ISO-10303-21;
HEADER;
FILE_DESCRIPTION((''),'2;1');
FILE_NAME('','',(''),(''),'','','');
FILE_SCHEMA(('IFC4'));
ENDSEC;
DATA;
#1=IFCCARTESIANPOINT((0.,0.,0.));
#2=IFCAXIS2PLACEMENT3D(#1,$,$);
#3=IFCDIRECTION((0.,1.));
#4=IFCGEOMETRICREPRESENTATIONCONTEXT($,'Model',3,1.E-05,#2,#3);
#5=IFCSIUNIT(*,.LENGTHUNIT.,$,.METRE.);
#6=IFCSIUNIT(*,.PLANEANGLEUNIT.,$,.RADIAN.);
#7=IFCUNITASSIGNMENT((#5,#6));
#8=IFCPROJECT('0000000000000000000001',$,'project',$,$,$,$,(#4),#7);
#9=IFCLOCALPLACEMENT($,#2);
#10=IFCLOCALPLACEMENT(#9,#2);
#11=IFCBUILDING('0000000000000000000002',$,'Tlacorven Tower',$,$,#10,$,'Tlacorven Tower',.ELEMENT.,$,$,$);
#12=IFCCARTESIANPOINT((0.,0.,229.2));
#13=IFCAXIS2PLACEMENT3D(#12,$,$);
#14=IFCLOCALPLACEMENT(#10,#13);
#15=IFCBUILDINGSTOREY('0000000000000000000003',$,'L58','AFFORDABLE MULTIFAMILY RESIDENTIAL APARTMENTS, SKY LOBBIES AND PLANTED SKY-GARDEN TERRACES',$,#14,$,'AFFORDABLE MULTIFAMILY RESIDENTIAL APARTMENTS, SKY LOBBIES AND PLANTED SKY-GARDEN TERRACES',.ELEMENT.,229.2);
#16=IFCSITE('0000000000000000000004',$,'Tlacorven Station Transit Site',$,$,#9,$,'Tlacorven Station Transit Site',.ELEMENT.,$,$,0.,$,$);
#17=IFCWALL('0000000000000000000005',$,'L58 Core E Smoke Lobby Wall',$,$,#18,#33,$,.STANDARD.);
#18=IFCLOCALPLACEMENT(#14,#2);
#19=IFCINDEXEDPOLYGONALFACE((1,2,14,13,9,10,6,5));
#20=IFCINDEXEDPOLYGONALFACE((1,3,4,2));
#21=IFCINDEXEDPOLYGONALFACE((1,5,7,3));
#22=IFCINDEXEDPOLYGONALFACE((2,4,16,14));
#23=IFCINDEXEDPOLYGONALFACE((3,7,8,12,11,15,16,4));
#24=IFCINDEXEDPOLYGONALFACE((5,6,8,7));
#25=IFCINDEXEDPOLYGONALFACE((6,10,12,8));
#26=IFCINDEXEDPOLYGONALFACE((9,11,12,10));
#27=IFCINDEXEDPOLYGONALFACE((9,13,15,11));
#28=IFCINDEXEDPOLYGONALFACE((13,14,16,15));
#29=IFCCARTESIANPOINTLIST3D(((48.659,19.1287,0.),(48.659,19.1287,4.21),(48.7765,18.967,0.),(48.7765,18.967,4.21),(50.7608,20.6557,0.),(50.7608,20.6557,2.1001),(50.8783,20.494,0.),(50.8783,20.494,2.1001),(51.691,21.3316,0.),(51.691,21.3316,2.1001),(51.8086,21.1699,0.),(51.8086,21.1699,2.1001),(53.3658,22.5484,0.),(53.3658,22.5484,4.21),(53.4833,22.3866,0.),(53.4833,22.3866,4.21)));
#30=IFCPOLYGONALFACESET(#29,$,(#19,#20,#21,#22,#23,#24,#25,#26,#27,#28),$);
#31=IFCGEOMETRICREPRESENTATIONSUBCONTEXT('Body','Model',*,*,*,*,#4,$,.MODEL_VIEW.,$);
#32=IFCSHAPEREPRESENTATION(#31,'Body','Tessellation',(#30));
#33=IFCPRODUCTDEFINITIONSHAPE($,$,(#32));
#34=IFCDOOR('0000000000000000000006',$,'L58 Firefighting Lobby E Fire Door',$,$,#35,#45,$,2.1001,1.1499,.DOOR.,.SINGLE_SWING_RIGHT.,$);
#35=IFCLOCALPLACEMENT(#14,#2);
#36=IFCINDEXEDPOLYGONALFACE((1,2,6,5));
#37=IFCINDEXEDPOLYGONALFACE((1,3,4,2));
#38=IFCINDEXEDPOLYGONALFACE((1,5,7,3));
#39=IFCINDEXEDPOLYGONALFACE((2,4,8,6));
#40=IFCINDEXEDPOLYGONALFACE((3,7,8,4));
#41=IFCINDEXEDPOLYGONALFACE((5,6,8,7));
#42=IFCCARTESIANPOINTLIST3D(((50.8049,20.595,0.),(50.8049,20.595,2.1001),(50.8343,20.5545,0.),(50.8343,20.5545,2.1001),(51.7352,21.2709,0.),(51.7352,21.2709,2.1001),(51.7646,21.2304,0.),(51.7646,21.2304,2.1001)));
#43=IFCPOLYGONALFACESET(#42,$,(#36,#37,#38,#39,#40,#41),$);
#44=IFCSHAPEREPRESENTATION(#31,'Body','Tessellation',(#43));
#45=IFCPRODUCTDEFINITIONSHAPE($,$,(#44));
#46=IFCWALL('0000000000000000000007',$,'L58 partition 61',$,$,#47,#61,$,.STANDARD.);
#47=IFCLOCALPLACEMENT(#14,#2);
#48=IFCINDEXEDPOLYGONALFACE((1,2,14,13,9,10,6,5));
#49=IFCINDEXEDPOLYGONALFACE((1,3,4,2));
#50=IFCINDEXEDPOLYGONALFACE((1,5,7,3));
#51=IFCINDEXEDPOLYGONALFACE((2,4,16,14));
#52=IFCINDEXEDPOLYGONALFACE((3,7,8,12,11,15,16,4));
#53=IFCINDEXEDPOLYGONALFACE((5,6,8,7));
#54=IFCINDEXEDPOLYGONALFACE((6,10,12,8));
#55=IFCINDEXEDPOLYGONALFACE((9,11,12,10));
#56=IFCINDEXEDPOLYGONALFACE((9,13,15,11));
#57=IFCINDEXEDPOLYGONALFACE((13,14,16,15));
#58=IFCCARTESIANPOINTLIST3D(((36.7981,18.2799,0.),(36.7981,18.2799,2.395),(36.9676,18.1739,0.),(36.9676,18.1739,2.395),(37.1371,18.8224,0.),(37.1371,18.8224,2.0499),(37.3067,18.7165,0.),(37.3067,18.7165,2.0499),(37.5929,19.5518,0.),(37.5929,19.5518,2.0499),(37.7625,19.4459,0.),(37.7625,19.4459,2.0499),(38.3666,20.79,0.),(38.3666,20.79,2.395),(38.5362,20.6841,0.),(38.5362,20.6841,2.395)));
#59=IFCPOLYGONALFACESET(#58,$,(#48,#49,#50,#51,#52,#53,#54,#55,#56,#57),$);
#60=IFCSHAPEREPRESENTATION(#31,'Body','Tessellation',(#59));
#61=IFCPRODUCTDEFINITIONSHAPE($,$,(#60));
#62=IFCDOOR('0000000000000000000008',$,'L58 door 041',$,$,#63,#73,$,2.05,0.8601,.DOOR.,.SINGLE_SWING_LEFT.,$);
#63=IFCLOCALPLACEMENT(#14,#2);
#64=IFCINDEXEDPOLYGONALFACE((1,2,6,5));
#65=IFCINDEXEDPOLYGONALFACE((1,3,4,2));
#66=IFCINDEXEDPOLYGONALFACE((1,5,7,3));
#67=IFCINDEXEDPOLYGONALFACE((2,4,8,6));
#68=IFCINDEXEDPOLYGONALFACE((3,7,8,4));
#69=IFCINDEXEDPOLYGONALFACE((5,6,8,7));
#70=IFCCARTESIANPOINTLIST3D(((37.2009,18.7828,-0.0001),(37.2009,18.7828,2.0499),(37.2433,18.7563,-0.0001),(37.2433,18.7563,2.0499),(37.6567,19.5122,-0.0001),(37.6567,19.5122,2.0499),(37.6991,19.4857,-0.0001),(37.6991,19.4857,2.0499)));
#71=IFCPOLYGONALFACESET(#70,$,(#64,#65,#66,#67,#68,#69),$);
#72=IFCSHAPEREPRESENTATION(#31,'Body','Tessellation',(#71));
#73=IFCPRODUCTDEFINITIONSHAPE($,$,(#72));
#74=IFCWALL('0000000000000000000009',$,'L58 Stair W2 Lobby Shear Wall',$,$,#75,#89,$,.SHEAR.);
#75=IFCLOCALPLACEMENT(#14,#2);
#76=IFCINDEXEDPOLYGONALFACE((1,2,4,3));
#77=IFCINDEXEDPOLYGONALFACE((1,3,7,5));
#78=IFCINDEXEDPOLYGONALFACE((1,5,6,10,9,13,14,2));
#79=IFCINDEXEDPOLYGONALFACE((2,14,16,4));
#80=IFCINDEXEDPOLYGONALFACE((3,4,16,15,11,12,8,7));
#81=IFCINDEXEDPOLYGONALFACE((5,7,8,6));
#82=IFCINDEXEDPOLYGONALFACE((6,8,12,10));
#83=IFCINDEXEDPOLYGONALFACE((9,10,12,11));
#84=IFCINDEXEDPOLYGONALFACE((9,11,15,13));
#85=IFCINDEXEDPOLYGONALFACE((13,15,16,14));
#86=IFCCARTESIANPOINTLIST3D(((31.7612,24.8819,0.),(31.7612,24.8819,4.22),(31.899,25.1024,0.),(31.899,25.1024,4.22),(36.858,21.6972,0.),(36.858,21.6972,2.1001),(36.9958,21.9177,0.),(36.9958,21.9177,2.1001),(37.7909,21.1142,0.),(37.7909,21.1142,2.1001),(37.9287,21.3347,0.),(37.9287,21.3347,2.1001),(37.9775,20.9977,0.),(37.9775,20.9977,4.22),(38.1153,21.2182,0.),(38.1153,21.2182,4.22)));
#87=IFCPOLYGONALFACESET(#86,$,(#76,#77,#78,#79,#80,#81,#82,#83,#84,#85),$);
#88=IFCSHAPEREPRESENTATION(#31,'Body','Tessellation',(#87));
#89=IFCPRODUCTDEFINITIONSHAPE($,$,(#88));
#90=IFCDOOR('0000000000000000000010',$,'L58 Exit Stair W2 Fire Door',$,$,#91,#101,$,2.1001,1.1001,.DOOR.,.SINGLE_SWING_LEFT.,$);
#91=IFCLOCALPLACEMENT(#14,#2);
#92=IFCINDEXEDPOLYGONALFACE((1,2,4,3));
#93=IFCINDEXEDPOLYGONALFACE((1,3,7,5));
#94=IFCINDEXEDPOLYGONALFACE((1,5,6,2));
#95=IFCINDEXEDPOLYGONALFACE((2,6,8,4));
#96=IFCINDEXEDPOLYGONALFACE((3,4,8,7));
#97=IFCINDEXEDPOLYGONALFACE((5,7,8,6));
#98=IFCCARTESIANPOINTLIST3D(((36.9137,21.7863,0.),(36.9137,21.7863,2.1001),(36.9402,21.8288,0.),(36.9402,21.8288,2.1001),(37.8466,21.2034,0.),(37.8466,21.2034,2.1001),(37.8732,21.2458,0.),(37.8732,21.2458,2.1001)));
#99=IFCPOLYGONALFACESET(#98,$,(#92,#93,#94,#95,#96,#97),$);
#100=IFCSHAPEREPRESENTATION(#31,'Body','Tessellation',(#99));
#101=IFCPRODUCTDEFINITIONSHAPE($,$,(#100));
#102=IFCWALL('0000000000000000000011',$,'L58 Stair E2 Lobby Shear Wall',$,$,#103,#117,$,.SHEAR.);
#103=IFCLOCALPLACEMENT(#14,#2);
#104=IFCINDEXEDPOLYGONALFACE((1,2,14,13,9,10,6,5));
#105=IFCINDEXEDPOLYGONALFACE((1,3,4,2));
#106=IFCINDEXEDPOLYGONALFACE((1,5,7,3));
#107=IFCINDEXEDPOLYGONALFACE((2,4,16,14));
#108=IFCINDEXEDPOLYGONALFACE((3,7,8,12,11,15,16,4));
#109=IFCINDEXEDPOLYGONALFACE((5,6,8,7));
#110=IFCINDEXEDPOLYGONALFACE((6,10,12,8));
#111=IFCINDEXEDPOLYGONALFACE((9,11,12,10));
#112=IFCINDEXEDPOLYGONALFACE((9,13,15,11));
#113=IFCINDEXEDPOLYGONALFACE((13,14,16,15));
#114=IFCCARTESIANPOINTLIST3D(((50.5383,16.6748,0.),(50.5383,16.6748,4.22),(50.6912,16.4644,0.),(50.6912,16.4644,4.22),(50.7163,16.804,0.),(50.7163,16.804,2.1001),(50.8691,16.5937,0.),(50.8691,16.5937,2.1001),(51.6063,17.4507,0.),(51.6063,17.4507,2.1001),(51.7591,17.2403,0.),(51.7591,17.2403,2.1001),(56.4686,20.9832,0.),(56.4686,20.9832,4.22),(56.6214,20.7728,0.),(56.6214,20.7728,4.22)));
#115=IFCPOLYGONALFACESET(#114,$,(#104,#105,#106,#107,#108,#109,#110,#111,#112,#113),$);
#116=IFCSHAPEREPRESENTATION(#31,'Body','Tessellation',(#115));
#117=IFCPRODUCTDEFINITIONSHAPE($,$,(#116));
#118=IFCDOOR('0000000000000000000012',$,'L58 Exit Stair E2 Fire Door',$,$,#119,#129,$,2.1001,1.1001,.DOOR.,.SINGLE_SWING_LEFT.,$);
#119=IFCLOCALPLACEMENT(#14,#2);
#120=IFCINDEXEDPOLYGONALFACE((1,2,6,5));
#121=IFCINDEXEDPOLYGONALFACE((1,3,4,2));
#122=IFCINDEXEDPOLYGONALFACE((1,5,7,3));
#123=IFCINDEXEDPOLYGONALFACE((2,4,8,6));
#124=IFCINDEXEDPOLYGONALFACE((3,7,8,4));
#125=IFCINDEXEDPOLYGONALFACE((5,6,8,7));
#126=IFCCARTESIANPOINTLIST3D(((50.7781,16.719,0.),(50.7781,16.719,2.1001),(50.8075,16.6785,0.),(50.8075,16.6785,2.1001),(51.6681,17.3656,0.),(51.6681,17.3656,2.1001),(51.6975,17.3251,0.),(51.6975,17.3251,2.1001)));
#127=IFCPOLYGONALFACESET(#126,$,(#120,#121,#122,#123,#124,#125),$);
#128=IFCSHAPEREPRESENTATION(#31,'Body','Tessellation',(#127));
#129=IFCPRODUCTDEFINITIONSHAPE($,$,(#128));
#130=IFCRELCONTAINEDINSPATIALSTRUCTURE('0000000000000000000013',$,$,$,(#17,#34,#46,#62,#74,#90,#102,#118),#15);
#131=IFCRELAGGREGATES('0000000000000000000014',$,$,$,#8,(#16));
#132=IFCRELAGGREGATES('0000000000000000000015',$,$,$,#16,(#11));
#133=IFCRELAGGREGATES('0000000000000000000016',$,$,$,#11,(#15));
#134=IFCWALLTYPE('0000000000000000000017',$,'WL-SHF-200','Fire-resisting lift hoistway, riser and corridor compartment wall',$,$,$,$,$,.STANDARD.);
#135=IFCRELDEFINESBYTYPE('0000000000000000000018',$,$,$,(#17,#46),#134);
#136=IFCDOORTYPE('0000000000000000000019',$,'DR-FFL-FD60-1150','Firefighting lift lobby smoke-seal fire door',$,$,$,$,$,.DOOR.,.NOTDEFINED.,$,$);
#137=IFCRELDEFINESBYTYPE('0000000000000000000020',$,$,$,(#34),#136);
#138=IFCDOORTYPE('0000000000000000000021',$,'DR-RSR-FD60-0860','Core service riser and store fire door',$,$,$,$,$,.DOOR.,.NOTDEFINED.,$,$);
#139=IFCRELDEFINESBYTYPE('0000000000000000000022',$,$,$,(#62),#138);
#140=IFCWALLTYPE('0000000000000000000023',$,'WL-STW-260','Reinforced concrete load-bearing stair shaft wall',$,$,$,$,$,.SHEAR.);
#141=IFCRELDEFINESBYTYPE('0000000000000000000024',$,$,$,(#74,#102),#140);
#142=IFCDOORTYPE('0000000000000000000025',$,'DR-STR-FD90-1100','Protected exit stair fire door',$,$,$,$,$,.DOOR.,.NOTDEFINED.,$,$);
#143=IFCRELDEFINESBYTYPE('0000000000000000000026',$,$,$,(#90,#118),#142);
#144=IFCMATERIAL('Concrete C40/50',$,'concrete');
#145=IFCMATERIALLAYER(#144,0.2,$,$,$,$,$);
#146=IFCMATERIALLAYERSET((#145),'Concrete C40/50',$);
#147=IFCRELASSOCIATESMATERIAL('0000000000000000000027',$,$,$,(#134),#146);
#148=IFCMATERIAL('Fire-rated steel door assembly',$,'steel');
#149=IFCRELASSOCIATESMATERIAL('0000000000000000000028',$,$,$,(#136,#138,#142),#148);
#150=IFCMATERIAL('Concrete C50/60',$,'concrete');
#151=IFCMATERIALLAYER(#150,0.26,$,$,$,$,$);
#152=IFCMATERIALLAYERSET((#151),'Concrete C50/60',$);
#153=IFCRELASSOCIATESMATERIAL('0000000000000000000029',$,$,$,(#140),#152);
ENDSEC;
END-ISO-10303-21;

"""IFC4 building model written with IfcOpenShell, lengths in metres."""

from ifc_helpers import new_model, si_unit, direction, frame, frame_2d, origin, place, context, subcontext, project, spatial, rectangle, extrude, source, transform, mapped, material, layer, layer_set, type_object, element, fill, save


model = new_model("IFC4")

# Units and contexts
model_context = context("Model", 3, precision=1e-05, world=origin(), true_north=direction((0.0, 1.0)))
body_context = subcontext(model_context, "Body", "Model", "MODEL_VIEW")
ifc_project = project(units=[si_unit("LENGTHUNIT", "METRE"), si_unit("PLANEANGLEUNIT", "RADIAN")], contexts=[model_context])

# Site, building, storey
site_placement = place(None, origin())
site = spatial("IfcSite", under=ifc_project, at=site_placement, Name="Tlacorven Station Transit Site", LongName="Tlacorven Station Transit Site", CompositionType="ELEMENT", RefElevation=0.0)
building_placement = place(site_placement, origin())
building = spatial("IfcBuilding", under=site, at=building_placement, Name="Tlacorven Tower", LongName="Tlacorven Tower", CompositionType="ELEMENT")
storey_placement = place(building_placement, frame((0.0, 0.0, 229.2)))
storey = spatial("IfcBuildingStorey", under=building, at=storey_placement, Name="L58", Description="AFFORDABLE MULTIFAMILY RESIDENTIAL APARTMENTS, SKY LOBBIES AND PLANTED SKY-GARDEN TERRACES", LongName="AFFORDABLE MULTIFAMILY RESIDENTIAL APARTMENTS, SKY LOBBIES AND PLANTED SKY-GARDEN TERRACES", CompositionType="ELEMENT", Elevation=229.2)

# Shared definitions
ifc_material_1 = material(Name="Concrete C50/60", Category="concrete")

# Shared definitions
ifc_material_2 = material(Name="Fire-rated steel door assembly", Category="steel")

# Walls, openings, doors
ifc_material_3 = material(Name="Concrete C40/50", Category="concrete")
ifc_layer_1 = layer(ifc_material_3, 0.2)
ifc_layer_set_1 = layer_set([ifc_layer_1], Name="Concrete C40/50")
wall_type_1 = type_object("IfcWallType", Name="WL-SHF-200", Description="Fire-resisting lift hoistway, riser and corridor compartment wall", PredefinedType="STANDARD", material=ifc_layer_set_1)
door_type_1 = type_object("IfcDoorType", Name="DR-FFL-FD60-1150", Description="Firefighting lift lobby smoke-seal fire door", OperationType="NOTDEFINED", PredefinedType="DOOR", material=ifc_material_2)
shared_shape_1 = source(origin(), body_context, "Body", "SweptSolid", [
    extrude(rectangle(XDim=1.1499, YDim=2.1001, at=frame_2d((0.575, 1.05))), frame((0.0, 0.0249, 0.0), z_axis=(0.0, -1.0, 0.0), x_axis=(1.0, 0.0, 0.0)), (0.0, 0.0, 1.0), 0.05),
])
wall_1_placement = place(storey_placement, frame((48.7178, 19.0479, 0.0), z_axis=(0.0, 0.0, 1.0), x_axis=(0.809017, 0.587785, 0.0)))
wall_1 = element("IfcWall", 1, at=wall_1_placement, inside=storey, type_object=wall_type_1, Name="L58 Core E Smoke Lobby Wall", PredefinedType="STANDARD", context=body_context, shape_type="SweptSolid", body=[
    extrude(rectangle(XDim=5.8179, YDim=0.2, at=frame_2d((2.9089, 0.0))), origin(), (0.0, 0.0, 1.0), 4.21),
])
opening_1_placement = place(wall_1_placement, frame((2.5979, 0.0, 0.0)))
opening_1 = element("IfcOpeningElement", 2, at=opening_1_placement, cuts=wall_1, PredefinedType="OPENING", context=body_context, shape_type="SweptSolid", body=[
    extrude(rectangle(XDim=1.1499, YDim=2.1001, at=frame_2d((0.575, 1.05))), frame((0.0, 0.1099, 0.0), z_axis=(0.0, -1.0, 0.0), x_axis=(1.0, 0.0, 0.0)), (0.0, 0.0, 1.0), 0.22),
])
door_1_placement = place(opening_1_placement, origin())
door_1 = element("IfcDoor", 3, at=door_1_placement, inside=storey, type_object=door_type_1, Name="L58 Firefighting Lobby E Fire Door", OperationType="SINGLE_SWING_RIGHT", OverallHeight=2.1001, OverallWidth=1.1499, PredefinedType="DOOR", context=body_context, shape_type="MappedRepresentation", body=[
    mapped(shared_shape_1, transform((0.0, 0.0, 0.0), scale=1.0)),
])
fill(opening_1, door_1)
wall_2_placement = place(storey_placement, frame((38.4514, 20.7371, 0.0), z_axis=(0.0, 0.0, 1.0), x_axis=(-0.529925, -0.848045, 0.0)))
wall_2 = element("IfcWall", 4, at=wall_2_placement, inside=storey, type_object=wall_type_1, Name="L58 partition 61", PredefinedType="STANDARD", context=body_context, shape_type="SweptSolid", body=[
    extrude(rectangle(XDim=2.96, YDim=0.2, at=frame_2d((1.48, 0.0))), origin(), (0.0, 0.0, 1.0), 2.395),
])
opening_2_placement = place(wall_2_placement, frame((1.46, 0.0, 0.0)))
opening_2 = element("IfcOpeningElement", 5, at=opening_2_placement, cuts=wall_2, PredefinedType="OPENING", context=body_context, shape_type="SweptSolid", body=[
    extrude(rectangle(XDim=0.8601, YDim=2.05, at=frame_2d((0.4302, 1.0249))), frame((0.0, 0.1099, 0.0), z_axis=(0.0, -1.0, 0.0), x_axis=(1.0, 0.0, 0.0)), (0.0, 0.0, 1.0), 0.22),
])
door_type_2 = type_object("IfcDoorType", Name="DR-RSR-FD60-0860", Description="Core service riser and store fire door", OperationType="NOTDEFINED", PredefinedType="DOOR", material=ifc_material_2)
shared_shape_2 = source(origin(), body_context, "Body", "SweptSolid", [
    extrude(rectangle(XDim=0.8601, YDim=2.05, at=frame_2d((0.4302, 1.0249))), frame((0.0, 0.0249, 0.0), z_axis=(0.0, -1.0, 0.0), x_axis=(1.0, 0.0, 0.0)), (0.0, 0.0, 1.0), 0.05),
])
door_2_placement = place(opening_2_placement, frame((0.8601, 0.0, 0.0), z_axis=(0.0, 0.0, 1.0), x_axis=(-1.0, 0.0, 0.0)))
door_2 = element("IfcDoor", 6, at=door_2_placement, inside=storey, type_object=door_type_2, Name="L58 door 041", OperationType="SINGLE_SWING_LEFT", OverallHeight=2.05, OverallWidth=0.8601, PredefinedType="DOOR", context=body_context, shape_type="MappedRepresentation", body=[
    mapped(shared_shape_2, transform((0.0, 0.0, 0.0), scale=1.0)),
])
fill(opening_2, door_2)
ifc_layer_2 = layer(ifc_material_1, 0.26)
ifc_layer_set_2 = layer_set([ifc_layer_2], Name="Concrete C50/60")
wall_type_2 = type_object("IfcWallType", Name="WL-STW-260", Description="Reinforced concrete load-bearing stair shaft wall", PredefinedType="SHEAR", material=ifc_layer_set_2)
wall_3_placement = place(storey_placement, frame((38.0464, 21.1079, 0.0), z_axis=(0.0, 0.0, 1.0), x_axis=(-0.848054, 0.529909, 0.0)))
wall_3 = element("IfcWall", 7, at=wall_3_placement, inside=storey, type_object=wall_type_2, Name="L58 Stair W2 Lobby Shear Wall", PredefinedType="SHEAR", context=body_context, shape_type="SweptSolid", body=[
    extrude(rectangle(XDim=7.3301, YDim=0.26, at=frame_2d((3.665, 0.0))), origin(), (0.0, 0.0, 1.0), 4.22),
])
opening_3_placement = place(wall_3_placement, frame((0.22, 0.0, 0.0)))
opening_3 = element("IfcOpeningElement", 8, at=opening_3_placement, cuts=wall_3, PredefinedType="OPENING", context=body_context, shape_type="SweptSolid", body=[
    extrude(rectangle(XDim=1.1001, YDim=2.1001, at=frame_2d((0.55, 1.05))), frame((0.0, 0.1401, 0.0), z_axis=(0.0, -1.0, 0.0), x_axis=(1.0, 0.0, 0.0)), (0.0, 0.0, 1.0), 0.28),
])
door_type_3 = type_object("IfcDoorType", Name="DR-STR-FD90-1100", Description="Protected exit stair fire door", OperationType="NOTDEFINED", PredefinedType="DOOR", material=ifc_material_2)
shared_shape_3 = source(origin(), body_context, "Body", "SweptSolid", [
    extrude(rectangle(XDim=1.1001, YDim=2.1001, at=frame_2d((0.55, 1.05))), frame((0.0, 0.0249, 0.0), z_axis=(0.0, -1.0, 0.0), x_axis=(1.0, 0.0, 0.0)), (0.0, 0.0, 1.0), 0.05),
])
door_3_placement = place(opening_3_placement, origin())
door_3 = element("IfcDoor", 9, at=door_3_placement, inside=storey, type_object=door_type_3, Name="L58 Exit Stair W2 Fire Door", OperationType="SINGLE_SWING_LEFT", OverallHeight=2.1001, OverallWidth=1.1001, PredefinedType="DOOR", context=body_context, shape_type="MappedRepresentation", body=[
    mapped(shared_shape_3, transform((0.0, 0.0, 0.0), scale=1.0)),
])
fill(opening_3, door_3)
wall_4_placement = place(storey_placement, frame((50.6147, 16.5696, 0.0), z_axis=(0.0, 0.0, 1.0), x_axis=(0.809028, 0.58777, 0.0)))
wall_4 = element("IfcWall", 10, at=wall_4_placement, inside=storey, type_object=wall_type_2, Name="L58 Stair E2 Lobby Shear Wall", PredefinedType="SHEAR", context=body_context, shape_type="SweptSolid", body=[
    extrude(rectangle(XDim=7.3301, YDim=0.26, at=frame_2d((3.665, 0.0))), origin(), (0.0, 0.0, 1.0), 4.22),
])
opening_4_placement = place(wall_4_placement, frame((0.22, 0.0, 0.0)))
opening_4 = element("IfcOpeningElement", 11, at=opening_4_placement, cuts=wall_4, PredefinedType="OPENING", context=body_context, shape_type="SweptSolid", body=[
    extrude(rectangle(XDim=1.1001, YDim=2.1001, at=frame_2d((0.55, 1.05))), frame((0.0, 0.1401, 0.0), z_axis=(0.0, -1.0, 0.0), x_axis=(1.0, 0.0, 0.0)), (0.0, 0.0, 1.0), 0.28),
])
door_4_placement = place(opening_4_placement, origin())
door_4 = element("IfcDoor", 12, at=door_4_placement, inside=storey, type_object=door_type_3, Name="L58 Exit Stair E2 Fire Door", OperationType="SINGLE_SWING_LEFT", OverallHeight=2.1001, OverallWidth=1.1001, PredefinedType="DOOR", context=body_context, shape_type="MappedRepresentation", body=[
    mapped(shared_shape_3, transform((0.0, 0.0, 0.0), scale=1.0)),
])
fill(opening_4, door_4)

save(model, "model.ifc")
